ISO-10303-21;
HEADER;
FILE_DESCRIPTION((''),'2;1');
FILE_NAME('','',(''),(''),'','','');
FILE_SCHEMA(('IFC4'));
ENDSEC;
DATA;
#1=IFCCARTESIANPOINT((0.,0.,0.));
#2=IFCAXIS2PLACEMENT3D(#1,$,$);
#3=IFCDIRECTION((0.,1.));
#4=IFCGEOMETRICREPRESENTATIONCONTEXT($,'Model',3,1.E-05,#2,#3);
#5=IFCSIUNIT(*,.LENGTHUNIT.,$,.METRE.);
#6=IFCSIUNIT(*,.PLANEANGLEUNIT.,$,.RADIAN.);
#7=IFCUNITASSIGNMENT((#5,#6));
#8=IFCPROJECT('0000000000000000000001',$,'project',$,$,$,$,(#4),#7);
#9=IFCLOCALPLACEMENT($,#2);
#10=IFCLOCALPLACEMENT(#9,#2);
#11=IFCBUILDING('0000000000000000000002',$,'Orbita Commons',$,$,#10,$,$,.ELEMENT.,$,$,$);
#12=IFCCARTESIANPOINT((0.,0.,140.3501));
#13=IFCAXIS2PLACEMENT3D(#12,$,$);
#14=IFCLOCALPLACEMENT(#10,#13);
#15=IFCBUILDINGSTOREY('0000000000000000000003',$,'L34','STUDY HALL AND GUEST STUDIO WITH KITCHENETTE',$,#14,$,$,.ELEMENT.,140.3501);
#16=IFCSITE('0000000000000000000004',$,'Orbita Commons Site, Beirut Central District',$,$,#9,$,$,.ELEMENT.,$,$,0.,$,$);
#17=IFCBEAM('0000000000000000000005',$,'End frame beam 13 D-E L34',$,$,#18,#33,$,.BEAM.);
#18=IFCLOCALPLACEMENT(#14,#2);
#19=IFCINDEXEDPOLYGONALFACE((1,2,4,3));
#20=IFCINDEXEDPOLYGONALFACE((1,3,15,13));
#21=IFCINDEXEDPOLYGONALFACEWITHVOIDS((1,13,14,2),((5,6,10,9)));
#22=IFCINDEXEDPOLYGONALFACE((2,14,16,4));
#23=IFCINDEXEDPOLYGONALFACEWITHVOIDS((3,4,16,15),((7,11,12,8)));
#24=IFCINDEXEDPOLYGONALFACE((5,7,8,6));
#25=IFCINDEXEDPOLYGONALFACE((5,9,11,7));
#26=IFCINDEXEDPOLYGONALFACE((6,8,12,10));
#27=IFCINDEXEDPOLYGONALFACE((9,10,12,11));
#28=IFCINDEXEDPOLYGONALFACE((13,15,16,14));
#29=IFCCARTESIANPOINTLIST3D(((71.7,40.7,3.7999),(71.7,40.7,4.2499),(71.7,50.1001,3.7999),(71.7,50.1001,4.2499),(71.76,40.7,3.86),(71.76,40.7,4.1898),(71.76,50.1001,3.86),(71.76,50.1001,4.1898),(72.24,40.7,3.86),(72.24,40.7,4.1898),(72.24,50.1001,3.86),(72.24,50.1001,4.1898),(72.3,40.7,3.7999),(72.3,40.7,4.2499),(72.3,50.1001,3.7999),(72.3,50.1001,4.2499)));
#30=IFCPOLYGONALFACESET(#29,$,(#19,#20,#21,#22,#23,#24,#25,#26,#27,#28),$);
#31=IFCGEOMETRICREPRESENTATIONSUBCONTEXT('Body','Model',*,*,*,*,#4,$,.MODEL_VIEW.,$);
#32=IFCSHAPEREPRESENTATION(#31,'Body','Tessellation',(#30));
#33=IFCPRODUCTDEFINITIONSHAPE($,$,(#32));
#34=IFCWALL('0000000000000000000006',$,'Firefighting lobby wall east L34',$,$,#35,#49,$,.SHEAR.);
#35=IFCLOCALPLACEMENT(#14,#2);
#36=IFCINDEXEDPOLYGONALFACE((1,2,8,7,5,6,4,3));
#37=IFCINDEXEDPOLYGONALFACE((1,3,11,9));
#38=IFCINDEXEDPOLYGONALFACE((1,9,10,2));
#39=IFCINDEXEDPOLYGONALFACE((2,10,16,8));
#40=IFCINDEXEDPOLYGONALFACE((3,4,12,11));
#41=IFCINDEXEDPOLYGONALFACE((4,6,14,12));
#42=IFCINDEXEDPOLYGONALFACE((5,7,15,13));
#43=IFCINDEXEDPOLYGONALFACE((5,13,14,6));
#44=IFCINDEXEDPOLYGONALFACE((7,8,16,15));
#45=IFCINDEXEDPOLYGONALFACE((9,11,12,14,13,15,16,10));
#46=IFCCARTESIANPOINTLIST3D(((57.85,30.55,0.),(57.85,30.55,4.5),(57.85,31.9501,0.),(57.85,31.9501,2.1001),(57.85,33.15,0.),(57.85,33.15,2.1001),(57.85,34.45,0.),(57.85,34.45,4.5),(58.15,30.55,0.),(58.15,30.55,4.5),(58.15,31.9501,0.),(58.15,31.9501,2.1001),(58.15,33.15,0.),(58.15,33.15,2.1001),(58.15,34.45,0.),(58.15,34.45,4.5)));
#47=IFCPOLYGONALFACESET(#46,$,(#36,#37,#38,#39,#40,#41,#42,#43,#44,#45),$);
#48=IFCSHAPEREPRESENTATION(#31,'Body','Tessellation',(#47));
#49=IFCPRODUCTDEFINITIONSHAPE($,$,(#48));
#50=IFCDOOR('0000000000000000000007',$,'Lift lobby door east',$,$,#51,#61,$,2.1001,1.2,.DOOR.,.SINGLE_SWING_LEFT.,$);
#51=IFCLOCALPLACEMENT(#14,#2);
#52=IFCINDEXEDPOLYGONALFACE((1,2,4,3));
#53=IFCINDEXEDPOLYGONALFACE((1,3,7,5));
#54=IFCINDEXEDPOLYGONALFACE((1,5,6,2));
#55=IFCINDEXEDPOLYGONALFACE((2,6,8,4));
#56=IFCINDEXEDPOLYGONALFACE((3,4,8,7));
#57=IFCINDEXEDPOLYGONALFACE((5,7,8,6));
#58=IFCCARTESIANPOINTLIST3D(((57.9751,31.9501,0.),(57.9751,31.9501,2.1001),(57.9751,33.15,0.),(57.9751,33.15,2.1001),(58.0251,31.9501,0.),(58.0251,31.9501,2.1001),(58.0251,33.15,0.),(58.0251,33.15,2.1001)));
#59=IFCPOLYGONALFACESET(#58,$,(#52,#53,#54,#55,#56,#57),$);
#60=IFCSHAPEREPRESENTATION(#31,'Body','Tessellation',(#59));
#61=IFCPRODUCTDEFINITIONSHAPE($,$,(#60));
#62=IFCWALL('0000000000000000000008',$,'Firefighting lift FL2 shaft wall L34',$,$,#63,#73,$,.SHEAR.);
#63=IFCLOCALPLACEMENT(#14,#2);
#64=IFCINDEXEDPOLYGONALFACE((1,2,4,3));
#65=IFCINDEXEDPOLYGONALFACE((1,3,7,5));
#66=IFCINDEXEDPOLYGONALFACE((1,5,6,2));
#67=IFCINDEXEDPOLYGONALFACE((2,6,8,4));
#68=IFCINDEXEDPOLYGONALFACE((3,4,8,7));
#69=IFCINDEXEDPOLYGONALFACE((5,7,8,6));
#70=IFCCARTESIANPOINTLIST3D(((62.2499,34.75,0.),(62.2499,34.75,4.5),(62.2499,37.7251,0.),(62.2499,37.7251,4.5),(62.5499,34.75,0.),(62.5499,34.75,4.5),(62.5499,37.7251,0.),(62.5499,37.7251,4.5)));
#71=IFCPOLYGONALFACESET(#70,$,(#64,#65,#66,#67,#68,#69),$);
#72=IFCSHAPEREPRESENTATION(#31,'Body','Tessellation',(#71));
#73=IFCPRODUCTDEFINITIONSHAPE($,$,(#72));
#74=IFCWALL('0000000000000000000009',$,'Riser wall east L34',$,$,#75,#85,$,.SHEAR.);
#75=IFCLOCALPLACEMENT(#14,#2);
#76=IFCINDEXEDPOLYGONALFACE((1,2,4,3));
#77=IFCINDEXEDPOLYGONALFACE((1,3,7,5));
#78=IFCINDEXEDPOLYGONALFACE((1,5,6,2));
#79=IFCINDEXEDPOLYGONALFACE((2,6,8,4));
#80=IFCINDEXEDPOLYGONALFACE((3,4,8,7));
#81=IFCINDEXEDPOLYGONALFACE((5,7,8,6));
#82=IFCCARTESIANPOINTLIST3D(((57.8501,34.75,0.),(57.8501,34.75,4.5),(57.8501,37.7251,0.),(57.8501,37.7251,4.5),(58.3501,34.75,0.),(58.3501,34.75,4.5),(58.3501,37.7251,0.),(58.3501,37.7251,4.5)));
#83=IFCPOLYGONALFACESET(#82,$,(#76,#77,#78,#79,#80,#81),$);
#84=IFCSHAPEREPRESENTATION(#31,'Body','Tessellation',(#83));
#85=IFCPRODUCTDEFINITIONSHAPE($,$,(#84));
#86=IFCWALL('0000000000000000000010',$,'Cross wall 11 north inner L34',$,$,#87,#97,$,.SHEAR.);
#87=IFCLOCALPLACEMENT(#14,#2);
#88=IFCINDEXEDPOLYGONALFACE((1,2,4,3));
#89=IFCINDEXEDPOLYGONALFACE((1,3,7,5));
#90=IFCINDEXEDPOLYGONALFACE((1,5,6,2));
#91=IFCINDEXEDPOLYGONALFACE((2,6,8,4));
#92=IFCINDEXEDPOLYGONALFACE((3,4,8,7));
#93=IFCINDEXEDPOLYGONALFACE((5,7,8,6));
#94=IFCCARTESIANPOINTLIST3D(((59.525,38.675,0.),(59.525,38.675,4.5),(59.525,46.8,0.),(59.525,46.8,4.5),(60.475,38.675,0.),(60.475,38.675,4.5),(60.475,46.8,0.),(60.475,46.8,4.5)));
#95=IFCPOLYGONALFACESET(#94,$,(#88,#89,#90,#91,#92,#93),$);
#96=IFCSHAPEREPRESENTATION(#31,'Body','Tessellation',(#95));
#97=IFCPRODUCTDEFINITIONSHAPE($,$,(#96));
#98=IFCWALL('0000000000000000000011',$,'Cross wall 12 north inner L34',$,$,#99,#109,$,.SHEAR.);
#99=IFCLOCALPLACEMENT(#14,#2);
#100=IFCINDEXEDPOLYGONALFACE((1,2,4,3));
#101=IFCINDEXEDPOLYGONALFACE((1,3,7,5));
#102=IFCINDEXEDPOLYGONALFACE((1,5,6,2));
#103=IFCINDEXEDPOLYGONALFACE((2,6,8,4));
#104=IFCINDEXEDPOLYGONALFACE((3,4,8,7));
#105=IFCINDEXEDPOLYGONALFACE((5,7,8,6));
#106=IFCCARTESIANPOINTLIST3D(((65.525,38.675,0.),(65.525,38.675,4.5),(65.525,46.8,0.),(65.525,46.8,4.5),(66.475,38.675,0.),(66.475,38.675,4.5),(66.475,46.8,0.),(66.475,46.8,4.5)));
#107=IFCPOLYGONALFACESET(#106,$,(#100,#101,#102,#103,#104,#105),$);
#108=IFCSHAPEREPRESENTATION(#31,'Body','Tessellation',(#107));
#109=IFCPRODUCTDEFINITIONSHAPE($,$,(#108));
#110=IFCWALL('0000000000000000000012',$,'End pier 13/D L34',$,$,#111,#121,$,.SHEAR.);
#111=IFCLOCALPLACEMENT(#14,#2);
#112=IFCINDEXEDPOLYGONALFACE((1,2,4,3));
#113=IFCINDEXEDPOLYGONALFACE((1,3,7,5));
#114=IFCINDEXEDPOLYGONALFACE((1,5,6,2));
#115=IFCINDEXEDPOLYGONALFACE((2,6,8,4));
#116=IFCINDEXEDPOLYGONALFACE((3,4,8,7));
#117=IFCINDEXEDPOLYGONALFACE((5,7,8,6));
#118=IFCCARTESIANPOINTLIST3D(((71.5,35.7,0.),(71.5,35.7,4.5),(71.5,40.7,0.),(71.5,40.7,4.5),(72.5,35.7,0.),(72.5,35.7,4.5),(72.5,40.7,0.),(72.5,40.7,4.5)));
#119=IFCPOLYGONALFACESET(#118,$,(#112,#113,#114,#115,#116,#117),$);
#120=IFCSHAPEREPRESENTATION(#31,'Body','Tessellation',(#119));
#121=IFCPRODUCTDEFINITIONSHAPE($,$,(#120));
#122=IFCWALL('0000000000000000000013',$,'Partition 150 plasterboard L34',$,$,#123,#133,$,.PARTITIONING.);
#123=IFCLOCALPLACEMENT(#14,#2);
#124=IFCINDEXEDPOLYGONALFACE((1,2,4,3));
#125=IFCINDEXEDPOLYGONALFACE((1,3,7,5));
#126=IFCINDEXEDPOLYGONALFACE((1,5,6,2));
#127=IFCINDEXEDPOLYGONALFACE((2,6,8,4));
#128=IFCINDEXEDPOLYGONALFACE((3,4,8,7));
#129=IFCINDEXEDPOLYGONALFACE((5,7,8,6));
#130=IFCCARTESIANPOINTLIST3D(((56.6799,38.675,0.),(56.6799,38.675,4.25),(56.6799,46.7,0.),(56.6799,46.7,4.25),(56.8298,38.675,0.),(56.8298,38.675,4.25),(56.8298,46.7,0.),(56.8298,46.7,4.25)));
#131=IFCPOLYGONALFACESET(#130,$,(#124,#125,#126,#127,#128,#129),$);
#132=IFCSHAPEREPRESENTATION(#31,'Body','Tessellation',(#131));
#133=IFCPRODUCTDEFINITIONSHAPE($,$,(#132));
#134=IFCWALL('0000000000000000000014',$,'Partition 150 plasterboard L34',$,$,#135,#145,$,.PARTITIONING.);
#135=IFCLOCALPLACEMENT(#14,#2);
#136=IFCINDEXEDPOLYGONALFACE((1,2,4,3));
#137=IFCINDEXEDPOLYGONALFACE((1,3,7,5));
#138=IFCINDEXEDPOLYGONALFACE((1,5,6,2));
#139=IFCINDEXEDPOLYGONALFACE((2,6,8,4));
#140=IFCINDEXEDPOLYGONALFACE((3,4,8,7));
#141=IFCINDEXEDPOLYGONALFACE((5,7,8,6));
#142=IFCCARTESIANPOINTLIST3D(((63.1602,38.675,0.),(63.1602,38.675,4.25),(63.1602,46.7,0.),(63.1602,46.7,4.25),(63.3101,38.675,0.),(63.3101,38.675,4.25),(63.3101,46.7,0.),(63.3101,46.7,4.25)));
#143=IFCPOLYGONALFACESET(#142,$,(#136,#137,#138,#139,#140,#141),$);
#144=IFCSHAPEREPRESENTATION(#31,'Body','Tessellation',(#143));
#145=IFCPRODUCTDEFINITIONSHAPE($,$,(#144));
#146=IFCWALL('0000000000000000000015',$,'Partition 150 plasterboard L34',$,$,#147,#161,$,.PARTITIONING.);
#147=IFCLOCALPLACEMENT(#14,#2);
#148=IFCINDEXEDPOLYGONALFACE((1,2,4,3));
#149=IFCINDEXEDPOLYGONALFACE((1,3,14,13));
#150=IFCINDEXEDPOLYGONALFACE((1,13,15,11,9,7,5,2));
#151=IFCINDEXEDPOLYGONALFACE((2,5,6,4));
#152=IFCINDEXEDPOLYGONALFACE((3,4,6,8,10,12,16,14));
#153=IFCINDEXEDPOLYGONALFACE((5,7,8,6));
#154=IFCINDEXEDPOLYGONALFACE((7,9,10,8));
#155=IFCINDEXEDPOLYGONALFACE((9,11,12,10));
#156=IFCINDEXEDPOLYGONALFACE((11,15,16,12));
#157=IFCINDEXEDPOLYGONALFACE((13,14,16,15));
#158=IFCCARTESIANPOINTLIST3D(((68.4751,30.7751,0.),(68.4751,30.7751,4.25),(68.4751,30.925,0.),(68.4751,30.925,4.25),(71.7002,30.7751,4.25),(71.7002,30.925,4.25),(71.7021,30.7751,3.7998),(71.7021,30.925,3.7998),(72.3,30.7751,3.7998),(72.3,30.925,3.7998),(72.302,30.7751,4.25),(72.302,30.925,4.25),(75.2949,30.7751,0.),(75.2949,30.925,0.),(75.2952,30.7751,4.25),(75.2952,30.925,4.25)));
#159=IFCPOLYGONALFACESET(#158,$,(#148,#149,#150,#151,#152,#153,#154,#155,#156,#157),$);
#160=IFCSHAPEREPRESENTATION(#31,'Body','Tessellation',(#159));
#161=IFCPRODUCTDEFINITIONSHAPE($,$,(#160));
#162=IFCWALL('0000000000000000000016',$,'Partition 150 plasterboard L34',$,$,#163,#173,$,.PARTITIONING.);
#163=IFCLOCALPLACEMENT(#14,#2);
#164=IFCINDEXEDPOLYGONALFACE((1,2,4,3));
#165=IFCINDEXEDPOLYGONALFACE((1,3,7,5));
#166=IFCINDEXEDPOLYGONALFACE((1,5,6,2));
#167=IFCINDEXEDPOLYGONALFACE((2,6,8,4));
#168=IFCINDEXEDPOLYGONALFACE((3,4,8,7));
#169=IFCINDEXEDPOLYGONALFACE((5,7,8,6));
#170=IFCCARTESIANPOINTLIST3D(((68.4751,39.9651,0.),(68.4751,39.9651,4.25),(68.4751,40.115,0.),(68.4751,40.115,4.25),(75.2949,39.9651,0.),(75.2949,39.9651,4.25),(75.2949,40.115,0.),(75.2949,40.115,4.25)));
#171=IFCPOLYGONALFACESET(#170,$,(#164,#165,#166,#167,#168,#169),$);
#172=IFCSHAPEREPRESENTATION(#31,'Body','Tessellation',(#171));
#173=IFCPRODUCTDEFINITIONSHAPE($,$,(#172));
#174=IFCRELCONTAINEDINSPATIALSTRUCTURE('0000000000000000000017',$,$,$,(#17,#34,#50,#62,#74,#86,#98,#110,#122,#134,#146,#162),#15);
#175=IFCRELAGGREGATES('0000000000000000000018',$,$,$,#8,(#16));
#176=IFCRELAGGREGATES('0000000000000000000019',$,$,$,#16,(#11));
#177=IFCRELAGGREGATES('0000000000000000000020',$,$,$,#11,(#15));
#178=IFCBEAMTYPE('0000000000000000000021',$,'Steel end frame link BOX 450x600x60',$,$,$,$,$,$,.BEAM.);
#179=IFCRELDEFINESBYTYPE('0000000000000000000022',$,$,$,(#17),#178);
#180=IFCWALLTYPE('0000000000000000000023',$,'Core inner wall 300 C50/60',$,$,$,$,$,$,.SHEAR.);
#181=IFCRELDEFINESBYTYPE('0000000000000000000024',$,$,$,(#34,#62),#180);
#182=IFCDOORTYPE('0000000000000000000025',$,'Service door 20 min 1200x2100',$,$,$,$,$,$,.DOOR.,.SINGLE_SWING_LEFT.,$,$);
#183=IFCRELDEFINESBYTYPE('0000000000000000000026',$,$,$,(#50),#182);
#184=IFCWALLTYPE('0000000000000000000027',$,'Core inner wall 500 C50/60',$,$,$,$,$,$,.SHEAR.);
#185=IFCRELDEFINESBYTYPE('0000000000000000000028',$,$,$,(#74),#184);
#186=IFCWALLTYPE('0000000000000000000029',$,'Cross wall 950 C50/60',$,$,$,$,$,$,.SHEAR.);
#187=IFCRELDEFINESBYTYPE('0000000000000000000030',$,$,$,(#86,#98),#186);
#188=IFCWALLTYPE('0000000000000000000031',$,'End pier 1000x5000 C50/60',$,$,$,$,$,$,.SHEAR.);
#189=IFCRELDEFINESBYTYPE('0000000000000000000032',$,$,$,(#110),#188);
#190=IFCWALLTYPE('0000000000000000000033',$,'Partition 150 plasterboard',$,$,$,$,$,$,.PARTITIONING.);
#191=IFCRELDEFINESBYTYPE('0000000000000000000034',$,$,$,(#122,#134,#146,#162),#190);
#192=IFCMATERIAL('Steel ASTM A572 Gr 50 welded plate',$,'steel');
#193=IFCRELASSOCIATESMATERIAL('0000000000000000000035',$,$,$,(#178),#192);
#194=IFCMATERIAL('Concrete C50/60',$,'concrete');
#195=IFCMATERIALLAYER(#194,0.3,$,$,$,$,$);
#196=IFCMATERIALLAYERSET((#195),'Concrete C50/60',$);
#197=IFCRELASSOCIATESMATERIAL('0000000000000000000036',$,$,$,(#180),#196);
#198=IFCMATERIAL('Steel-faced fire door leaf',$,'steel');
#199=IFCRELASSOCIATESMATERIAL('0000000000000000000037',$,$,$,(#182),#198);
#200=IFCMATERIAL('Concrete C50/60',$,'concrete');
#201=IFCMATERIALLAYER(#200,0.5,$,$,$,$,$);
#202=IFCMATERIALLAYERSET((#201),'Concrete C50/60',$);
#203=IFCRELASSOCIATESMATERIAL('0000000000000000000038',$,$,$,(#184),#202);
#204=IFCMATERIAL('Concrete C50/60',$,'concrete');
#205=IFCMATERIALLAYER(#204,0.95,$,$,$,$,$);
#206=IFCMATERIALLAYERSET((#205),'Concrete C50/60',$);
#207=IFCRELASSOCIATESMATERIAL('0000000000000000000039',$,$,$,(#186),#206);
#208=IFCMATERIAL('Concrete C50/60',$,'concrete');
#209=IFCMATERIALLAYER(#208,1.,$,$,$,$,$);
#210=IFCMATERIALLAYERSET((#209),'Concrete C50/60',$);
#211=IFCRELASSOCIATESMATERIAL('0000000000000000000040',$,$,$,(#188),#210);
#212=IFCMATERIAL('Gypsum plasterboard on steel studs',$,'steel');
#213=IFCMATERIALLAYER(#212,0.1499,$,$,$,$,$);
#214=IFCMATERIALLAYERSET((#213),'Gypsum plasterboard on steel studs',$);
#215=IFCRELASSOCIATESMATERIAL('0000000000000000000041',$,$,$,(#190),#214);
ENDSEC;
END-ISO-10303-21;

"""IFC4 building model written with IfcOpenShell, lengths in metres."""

from ifc_helpers import new_model, si_unit, direction, frame, frame_2d, origin, origin_2d, place, context, subcontext, project, spatial, polyline, rectangle, hollow_rectangle, outline, extrude, material, layer, layer_set, material_profile, profile_set, type_object, element, fill, save


model = new_model("IFC4")

# Units and contexts
model_context = context("Model", 3, precision=1e-05, world=origin(), true_north=direction((0.0, 1.0)))
body_context = subcontext(model_context, "Body", "Model", "MODEL_VIEW")
ifc_project = project(units=[si_unit("LENGTHUNIT", "METRE"), si_unit("PLANEANGLEUNIT", "RADIAN")], contexts=[model_context])

# Site, building, storey
site_placement = place(None, origin())
site = spatial("IfcSite", under=ifc_project, at=site_placement, Name="Orbita Commons Site, Beirut Central District", CompositionType="ELEMENT", RefElevation=0.0)
building_placement = place(site_placement, origin())
building = spatial("IfcBuilding", under=site, at=building_placement, Name="Orbita Commons", CompositionType="ELEMENT")
storey_placement = place(building_placement, frame((0.0, 0.0, 140.3501)))
storey = spatial("IfcBuildingStorey", under=building, at=storey_placement, Name="L34", Description="STUDY HALL AND GUEST STUDIO WITH KITCHENETTE", CompositionType="ELEMENT", Elevation=140.3501)

# Beam
ifc_material_1 = material(Name="Steel ASTM A572 Gr 50 welded plate", Category="steel")
ifc_material_profile = material_profile(ifc_material_1, hollow_rectangle(XDim=0.6001, YDim=0.45, WallThickness=0.0601, at=origin_2d()), Name="BOX 450x600x60")
ifc_profile_set = profile_set([ifc_material_profile], Name="Steel ASTM A572 Gr 50 welded plate")
beam_type = type_object("IfcBeamType", Name="Steel end frame link BOX 450x600x60", PredefinedType="BEAM", material=ifc_profile_set)
beam_placement = place(storey_placement, frame((72.0, 40.7, 4.0249), z_axis=(0.0, 1.0, 0.0), x_axis=(-1.0, 0.0, 0.0)))
element("IfcBeam", 1, at=beam_placement, inside=storey, type_object=beam_type, Name="End frame beam 13 D-E L34", PredefinedType="BEAM", context=body_context, shape_type="SweptSolid", body=[
    extrude(hollow_rectangle(XDim=0.6001, YDim=0.45, WallThickness=0.0601, at=origin_2d()), origin(), (0.0, 0.0, 1.0), 9.4001),
])

# Wall, opening, door
ifc_material_2 = material(Name="Concrete C50/60", Category="concrete")
ifc_layer_1 = layer(ifc_material_2, 0.3)
ifc_layer_set_1 = layer_set([ifc_layer_1], Name="Concrete C50/60")
wall_type_1 = type_object("IfcWallType", Name="Core inner wall 300 C50/60", PredefinedType="SHEAR", material=ifc_layer_set_1)
wall_1_placement = place(storey_placement, frame((58.0, 30.55, 0.0), z_axis=(0.0, 0.0, 1.0), x_axis=(0.0, 1.0, 0.0)))
wall_1 = element("IfcWall", 2, at=wall_1_placement, inside=storey, type_object=wall_type_1, Name="Firefighting lobby wall east L34", PredefinedType="SHEAR", context=body_context, shape_type="SweptSolid", body=[
    extrude(rectangle(XDim=3.8999, YDim=0.3, at=frame_2d((1.95, 0.0))), origin(), (0.0, 0.0, 1.0), 4.5),
])
opening_1_placement = place(wall_1_placement, frame((1.3999, 0.0, 0.0)))
opening_1 = element("IfcOpeningElement", 3, at=opening_1_placement, cuts=wall_1, PredefinedType="OPENING", context=body_context, shape_type="SweptSolid", body=[
    extrude(rectangle(XDim=1.2, YDim=2.1001, at=frame_2d((0.6001, 1.05))), frame((0.0, 0.1599, 0.0), z_axis=(0.0, -1.0, 0.0), x_axis=(1.0, 0.0, 0.0)), (0.0, 0.0, 1.0), 0.3201),
])
ifc_material_3 = material(Name="Steel-faced fire door leaf", Category="steel")
door_type = type_object("IfcDoorType", Name="Service door 20 min 1200x2100", OperationType="SINGLE_SWING_LEFT", PredefinedType="DOOR", material=ifc_material_3)
door_placement = place(opening_1_placement, origin())
door = element("IfcDoor", 4, at=door_placement, inside=storey, type_object=door_type, Name="Lift lobby door east", OperationType="SINGLE_SWING_LEFT", OverallHeight=2.1001, OverallWidth=1.2, PredefinedType="DOOR", context=body_context, shape_type="SweptSolid", body=[
    extrude(rectangle(XDim=1.2, YDim=2.1001, at=frame_2d((0.6001, 1.05))), frame((0.0, 0.0249, 0.0), z_axis=(0.0, -1.0, 0.0), x_axis=(1.0, 0.0, 0.0)), (0.0, 0.0, 1.0), 0.05),
])
fill(opening_1, door)

# Walls
wall_2_placement = place(storey_placement, frame((62.3999, 34.75, 0.0), z_axis=(0.0, 0.0, 1.0), x_axis=(0.0, 1.0, 0.0)))
element("IfcWall", 5, at=wall_2_placement, inside=storey, type_object=wall_type_1, Name="Firefighting lift FL2 shaft wall L34", PredefinedType="SHEAR", context=body_context, shape_type="SweptSolid", body=[
    extrude(rectangle(XDim=2.9751, YDim=0.3, at=frame_2d((1.4875, 0.0))), origin(), (0.0, 0.0, 1.0), 4.5),
])
ifc_material_4 = material(Name="Concrete C50/60", Category="concrete")
ifc_layer_2 = layer(ifc_material_4, 0.5)
ifc_layer_set_2 = layer_set([ifc_layer_2], Name="Concrete C50/60")
wall_type_2 = type_object("IfcWallType", Name="Core inner wall 500 C50/60", PredefinedType="SHEAR", material=ifc_layer_set_2)
wall_3_placement = place(storey_placement, frame((58.1001, 34.75, 0.0), z_axis=(0.0, 0.0, 1.0), x_axis=(0.0, 1.0, 0.0)))
element("IfcWall", 6, at=wall_3_placement, inside=storey, type_object=wall_type_2, Name="Riser wall east L34", PredefinedType="SHEAR", context=body_context, shape_type="SweptSolid", body=[
    extrude(rectangle(XDim=2.9751, YDim=0.5, at=frame_2d((1.4875, 0.0))), origin(), (0.0, 0.0, 1.0), 4.5),
])
ifc_material_5 = material(Name="Concrete C50/60", Category="concrete")
ifc_layer_3 = layer(ifc_material_5, 0.95)
ifc_layer_set_3 = layer_set([ifc_layer_3], Name="Concrete C50/60")
wall_type_3 = type_object("IfcWallType", Name="Cross wall 950 C50/60", PredefinedType="SHEAR", material=ifc_layer_set_3)
for number, where, z_axis, x_axis, name in (
    (7, (60.0, 38.675, 0.0), (0.0, 0.0, 1.0), (0.0, 1.0, 0.0), "Cross wall 11 north inner L34"),
    (8, (66.0, 38.675, 0.0), (0.0, 0.0, 1.0), (0.0, 1.0, 0.0), "Cross wall 12 north inner L34"),
):
    element("IfcWall", number, at=place(storey_placement, frame(where, z_axis=z_axis, x_axis=x_axis)), inside=storey, type_object=wall_type_3, Name=name, PredefinedType="SHEAR", context=body_context, shape_type="SweptSolid", body=[
        extrude(rectangle(XDim=8.125, YDim=0.95, at=frame_2d((4.0625, 0.0))), origin(), (0.0, 0.0, 1.0), 4.5),
    ])
ifc_material_6 = material(Name="Concrete C50/60", Category="concrete")
ifc_layer_4 = layer(ifc_material_6, 1.0)
ifc_layer_set_4 = layer_set([ifc_layer_4], Name="Concrete C50/60")
wall_type_4 = type_object("IfcWallType", Name="End pier 1000x5000 C50/60", PredefinedType="SHEAR", material=ifc_layer_set_4)
wall_4_placement = place(storey_placement, frame((72.0, 35.7, 0.0), z_axis=(0.0, 0.0, 1.0), x_axis=(0.0, 1.0, 0.0)))
element("IfcWall", 9, at=wall_4_placement, inside=storey, type_object=wall_type_4, Name="End pier 13/D L34", PredefinedType="SHEAR", context=body_context, shape_type="SweptSolid", body=[
    extrude(rectangle(XDim=5.0, YDim=1.0, at=frame_2d((2.5, 0.0))), origin(), (0.0, 0.0, 1.0), 4.5),
])
ifc_material_7 = material(Name="Gypsum plasterboard on steel studs", Category="steel")
ifc_layer_5 = layer(ifc_material_7, 0.1499)
ifc_layer_set_5 = layer_set([ifc_layer_5], Name="Gypsum plasterboard on steel studs")
wall_type_5 = type_object("IfcWallType", Name="Partition 150 plasterboard", PredefinedType="PARTITIONING", material=ifc_layer_set_5)
for number, where, z_axis, x_axis, name in (
    (10, (56.7549, 38.675, 0.0), (0.0, 0.0, 1.0), (0.0, 1.0, 0.0), "Partition 150 plasterboard L34"),
    (11, (63.2351, 38.675, 0.0), (0.0, 0.0, 1.0), (0.0, 1.0, 0.0), "Partition 150 plasterboard L34"),
):
    element("IfcWall", number, at=place(storey_placement, frame(where, z_axis=z_axis, x_axis=x_axis)), inside=storey, type_object=wall_type_5, Name=name, PredefinedType="PARTITIONING", context=body_context, shape_type="SweptSolid", body=[
        extrude(rectangle(XDim=8.0249, YDim=0.1499, at=frame_2d((4.0125, 0.0))), origin(), (0.0, 0.0, 1.0), 4.25),
    ])
wall_5_placement = place(storey_placement, frame((68.4751, 30.8501, 0.0), z_axis=(0.0, 0.0, 1.0), x_axis=(1.0, 0.0, 0.0)))
element("IfcWall", 12, at=wall_5_placement, inside=storey, type_object=wall_type_5, Name="Partition 150 plasterboard L34", PredefinedType="PARTITIONING", context=body_context, shape_type="SweptSolid", body=[
    extrude(outline(polyline([(0.0, 0.0), (6.8198, 0.0), (6.8201, 4.25), (3.8269, 4.25), (3.825, 3.7998), (3.2271, 3.7998), (3.2251, 4.25), (0.0, 4.25), (0.0, 0.0)])), frame((0.0, 0.075, 0.0), z_axis=(0.0, -1.0, 0.0), x_axis=(1.0, 0.0, 0.0)), (0.0, 0.0, 1.0), 0.1499),
])
wall_6_placement = place(storey_placement, frame((68.4751, 40.04, 0.0), z_axis=(0.0, 0.0, 1.0), x_axis=(1.0, 0.0, 0.0)))
element("IfcWall", 13, at=wall_6_placement, inside=storey, type_object=wall_type_5, Name="Partition 150 plasterboard L34", PredefinedType="PARTITIONING", context=body_context, shape_type="SweptSolid", body=[
    extrude(rectangle(XDim=6.8198, YDim=0.1499, at=frame_2d((3.4099, 0.0))), origin(), (0.0, 0.0, 1.0), 4.25),
])

save(model, "model.ifc")
